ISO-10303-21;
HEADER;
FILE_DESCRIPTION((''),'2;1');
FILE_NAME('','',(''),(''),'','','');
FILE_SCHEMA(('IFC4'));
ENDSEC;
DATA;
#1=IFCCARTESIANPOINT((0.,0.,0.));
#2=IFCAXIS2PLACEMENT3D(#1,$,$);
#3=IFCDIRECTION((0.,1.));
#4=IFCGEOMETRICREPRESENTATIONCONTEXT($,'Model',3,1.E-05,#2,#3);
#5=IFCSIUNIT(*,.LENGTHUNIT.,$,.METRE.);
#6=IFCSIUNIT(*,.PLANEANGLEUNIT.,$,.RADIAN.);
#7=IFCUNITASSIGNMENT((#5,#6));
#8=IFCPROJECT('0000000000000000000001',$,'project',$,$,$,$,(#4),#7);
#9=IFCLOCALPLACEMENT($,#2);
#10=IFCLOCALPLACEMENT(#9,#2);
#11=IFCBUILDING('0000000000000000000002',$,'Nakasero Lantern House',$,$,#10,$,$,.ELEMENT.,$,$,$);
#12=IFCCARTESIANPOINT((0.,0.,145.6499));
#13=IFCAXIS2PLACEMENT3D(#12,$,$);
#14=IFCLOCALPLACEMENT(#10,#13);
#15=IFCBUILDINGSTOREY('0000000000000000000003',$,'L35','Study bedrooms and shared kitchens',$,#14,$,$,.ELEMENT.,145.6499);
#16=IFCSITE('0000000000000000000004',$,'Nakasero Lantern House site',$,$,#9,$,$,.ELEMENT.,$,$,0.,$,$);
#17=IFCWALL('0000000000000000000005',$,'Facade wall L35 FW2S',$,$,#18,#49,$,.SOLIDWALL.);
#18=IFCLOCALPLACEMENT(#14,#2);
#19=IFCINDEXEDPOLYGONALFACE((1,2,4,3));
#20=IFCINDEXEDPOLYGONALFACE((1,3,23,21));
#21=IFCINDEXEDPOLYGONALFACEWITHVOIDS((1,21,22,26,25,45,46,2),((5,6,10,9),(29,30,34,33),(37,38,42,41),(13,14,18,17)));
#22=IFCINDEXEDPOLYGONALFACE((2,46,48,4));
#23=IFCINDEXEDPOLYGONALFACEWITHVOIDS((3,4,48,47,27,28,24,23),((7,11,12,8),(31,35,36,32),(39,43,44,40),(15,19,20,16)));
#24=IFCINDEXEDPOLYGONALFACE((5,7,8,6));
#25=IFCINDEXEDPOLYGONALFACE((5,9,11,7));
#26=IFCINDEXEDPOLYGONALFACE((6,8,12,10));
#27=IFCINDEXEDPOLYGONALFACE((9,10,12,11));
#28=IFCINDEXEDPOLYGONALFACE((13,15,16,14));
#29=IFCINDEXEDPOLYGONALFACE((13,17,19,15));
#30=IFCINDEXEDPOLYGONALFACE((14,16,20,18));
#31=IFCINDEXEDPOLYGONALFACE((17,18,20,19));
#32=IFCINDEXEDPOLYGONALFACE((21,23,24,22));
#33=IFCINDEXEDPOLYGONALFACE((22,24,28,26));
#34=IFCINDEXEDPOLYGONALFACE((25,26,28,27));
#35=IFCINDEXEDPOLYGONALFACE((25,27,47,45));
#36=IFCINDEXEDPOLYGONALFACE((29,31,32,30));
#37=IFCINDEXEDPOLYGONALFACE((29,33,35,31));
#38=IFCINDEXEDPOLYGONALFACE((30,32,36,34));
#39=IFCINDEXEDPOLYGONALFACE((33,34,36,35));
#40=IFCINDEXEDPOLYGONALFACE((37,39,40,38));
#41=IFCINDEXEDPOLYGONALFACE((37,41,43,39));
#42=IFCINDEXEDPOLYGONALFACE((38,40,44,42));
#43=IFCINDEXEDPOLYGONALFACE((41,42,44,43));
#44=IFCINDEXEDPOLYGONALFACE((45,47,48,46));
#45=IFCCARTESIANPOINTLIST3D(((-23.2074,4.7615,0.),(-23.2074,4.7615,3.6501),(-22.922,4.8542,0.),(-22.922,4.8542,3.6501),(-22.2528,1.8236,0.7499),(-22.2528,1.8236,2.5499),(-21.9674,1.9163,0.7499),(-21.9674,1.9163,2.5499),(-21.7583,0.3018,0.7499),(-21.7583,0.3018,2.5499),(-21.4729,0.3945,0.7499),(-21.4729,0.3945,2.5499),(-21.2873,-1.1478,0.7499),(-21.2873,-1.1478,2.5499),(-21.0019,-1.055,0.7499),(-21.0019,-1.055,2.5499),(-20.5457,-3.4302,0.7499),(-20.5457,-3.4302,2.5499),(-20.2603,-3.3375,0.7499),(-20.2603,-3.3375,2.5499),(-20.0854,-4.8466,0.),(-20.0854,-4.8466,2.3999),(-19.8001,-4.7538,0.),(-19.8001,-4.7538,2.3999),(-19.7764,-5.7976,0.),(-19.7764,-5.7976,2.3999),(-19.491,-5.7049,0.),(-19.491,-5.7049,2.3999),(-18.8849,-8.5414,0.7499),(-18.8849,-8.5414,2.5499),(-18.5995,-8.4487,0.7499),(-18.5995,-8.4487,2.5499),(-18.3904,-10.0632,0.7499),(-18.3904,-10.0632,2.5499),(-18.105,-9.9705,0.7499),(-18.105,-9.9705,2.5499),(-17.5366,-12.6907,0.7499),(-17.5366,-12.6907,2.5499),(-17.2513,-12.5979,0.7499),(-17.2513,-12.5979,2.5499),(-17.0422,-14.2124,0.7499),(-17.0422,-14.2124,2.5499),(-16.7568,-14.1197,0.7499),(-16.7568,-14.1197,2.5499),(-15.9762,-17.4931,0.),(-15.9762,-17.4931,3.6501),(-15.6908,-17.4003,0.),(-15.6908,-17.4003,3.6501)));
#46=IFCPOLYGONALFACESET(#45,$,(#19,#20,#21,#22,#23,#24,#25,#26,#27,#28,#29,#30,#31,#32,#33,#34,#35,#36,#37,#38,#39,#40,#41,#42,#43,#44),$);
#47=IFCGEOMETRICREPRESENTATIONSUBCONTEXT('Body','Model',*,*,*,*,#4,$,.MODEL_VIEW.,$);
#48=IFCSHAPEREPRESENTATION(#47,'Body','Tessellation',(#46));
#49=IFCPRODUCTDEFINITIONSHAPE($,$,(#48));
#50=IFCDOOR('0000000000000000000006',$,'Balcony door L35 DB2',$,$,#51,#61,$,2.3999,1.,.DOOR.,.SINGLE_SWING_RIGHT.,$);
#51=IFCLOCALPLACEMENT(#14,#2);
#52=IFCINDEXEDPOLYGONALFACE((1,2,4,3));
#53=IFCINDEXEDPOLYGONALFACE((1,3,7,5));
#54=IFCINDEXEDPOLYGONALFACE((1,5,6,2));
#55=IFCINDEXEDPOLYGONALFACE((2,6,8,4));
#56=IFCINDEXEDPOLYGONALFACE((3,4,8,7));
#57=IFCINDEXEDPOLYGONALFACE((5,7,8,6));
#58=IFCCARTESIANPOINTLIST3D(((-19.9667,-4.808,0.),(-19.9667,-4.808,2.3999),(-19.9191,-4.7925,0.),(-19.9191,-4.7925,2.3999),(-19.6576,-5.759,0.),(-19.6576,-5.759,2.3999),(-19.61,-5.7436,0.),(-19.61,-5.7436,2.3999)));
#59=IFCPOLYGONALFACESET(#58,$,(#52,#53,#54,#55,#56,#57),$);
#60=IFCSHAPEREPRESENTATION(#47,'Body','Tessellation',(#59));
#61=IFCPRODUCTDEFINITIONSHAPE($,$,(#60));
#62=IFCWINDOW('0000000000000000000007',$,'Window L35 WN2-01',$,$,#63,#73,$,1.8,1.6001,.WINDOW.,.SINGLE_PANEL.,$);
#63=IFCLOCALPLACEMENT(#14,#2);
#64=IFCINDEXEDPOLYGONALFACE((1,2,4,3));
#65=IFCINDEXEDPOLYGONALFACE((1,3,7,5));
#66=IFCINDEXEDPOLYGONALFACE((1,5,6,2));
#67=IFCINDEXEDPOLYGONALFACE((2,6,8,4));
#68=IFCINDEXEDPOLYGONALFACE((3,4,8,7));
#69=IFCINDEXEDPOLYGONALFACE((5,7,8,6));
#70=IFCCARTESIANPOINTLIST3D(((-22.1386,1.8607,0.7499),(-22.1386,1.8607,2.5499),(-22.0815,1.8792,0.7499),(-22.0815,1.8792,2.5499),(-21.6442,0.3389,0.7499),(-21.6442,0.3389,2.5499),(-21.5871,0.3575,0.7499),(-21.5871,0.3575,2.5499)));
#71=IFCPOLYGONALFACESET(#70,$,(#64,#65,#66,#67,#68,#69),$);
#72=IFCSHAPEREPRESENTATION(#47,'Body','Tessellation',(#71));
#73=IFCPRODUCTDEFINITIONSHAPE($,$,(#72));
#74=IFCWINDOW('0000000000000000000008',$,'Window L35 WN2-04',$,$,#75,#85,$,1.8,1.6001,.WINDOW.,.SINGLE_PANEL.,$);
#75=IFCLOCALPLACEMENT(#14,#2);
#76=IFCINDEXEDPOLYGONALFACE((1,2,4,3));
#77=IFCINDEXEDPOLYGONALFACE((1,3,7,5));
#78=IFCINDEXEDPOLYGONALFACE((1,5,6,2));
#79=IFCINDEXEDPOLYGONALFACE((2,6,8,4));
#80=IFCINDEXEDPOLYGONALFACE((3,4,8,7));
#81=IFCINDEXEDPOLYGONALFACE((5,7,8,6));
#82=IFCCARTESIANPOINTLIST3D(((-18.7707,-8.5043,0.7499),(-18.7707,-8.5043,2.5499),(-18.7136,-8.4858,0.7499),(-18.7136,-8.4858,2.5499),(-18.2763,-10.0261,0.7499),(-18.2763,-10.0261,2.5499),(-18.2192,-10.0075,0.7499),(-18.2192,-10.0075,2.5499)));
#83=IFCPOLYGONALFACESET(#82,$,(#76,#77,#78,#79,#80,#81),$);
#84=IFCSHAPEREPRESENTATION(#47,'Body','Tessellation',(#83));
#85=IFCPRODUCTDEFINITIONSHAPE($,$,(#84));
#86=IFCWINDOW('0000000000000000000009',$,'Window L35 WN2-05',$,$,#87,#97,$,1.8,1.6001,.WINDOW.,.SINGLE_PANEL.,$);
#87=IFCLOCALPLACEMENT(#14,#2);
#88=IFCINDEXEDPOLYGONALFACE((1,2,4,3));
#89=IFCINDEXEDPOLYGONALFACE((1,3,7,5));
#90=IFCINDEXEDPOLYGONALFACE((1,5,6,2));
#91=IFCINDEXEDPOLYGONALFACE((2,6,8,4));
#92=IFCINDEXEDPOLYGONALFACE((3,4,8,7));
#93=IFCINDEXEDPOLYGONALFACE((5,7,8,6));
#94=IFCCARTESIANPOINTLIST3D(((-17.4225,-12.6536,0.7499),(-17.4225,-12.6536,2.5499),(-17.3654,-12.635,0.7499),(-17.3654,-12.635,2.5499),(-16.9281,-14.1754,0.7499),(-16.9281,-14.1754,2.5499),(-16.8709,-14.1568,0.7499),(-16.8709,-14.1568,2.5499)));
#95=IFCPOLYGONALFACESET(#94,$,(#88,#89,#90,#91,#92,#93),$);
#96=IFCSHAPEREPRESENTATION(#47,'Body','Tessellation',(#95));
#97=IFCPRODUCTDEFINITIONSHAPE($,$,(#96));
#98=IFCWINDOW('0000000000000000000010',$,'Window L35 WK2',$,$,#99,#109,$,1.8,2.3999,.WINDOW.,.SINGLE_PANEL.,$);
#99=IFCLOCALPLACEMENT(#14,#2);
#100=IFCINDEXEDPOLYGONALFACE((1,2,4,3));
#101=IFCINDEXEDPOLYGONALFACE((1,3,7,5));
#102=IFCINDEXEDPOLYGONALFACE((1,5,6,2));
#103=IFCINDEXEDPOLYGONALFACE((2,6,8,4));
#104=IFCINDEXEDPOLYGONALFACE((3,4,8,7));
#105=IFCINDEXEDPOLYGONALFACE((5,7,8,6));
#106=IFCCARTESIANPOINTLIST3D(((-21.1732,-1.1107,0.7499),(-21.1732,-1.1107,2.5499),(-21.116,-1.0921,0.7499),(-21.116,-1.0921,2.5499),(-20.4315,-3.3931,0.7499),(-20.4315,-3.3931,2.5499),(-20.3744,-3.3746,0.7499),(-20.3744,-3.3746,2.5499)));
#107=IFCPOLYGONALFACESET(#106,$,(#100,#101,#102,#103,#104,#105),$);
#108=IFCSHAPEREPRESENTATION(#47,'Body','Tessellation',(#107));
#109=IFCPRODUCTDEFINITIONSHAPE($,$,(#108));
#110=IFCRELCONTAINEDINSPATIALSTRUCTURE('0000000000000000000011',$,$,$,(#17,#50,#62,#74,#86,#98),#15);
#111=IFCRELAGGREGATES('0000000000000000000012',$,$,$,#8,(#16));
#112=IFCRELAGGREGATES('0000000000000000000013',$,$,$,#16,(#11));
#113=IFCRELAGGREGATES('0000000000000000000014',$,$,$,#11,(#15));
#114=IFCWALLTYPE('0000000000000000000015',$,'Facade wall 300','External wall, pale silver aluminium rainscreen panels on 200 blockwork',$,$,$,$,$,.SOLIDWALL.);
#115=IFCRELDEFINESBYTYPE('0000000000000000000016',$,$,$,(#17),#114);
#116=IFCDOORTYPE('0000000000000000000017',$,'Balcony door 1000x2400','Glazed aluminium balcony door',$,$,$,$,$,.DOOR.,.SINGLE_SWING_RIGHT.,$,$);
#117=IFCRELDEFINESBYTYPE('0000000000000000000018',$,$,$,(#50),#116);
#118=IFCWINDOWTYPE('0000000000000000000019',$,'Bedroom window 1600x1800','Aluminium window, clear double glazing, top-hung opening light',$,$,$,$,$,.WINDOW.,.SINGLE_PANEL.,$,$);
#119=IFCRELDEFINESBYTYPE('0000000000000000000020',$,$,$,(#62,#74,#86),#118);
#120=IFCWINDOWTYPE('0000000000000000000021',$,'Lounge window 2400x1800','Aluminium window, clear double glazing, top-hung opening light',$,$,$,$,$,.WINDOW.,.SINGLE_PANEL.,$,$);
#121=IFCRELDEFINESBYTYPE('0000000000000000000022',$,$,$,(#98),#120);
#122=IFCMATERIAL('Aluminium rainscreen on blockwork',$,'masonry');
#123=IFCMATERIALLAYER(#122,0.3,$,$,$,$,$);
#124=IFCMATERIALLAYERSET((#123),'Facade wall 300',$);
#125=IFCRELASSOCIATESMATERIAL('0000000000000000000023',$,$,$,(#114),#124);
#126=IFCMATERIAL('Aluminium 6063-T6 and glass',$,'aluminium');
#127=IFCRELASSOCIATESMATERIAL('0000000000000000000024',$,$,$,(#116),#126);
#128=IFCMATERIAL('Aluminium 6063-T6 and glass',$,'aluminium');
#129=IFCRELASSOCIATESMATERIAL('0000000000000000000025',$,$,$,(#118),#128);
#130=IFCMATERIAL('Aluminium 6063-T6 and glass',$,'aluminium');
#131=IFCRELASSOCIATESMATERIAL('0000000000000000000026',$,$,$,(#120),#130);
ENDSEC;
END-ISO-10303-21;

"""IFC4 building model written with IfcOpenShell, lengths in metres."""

from ifc_helpers import new_model, si_unit, direction, frame, frame_2d, origin, place, context, subcontext, project, spatial, rectangle, extrude, material, layer, layer_set, type_object, element, fill, save


model = new_model("IFC4")

# Units and contexts
model_context = context("Model", 3, precision=1e-05, world=origin(), true_north=direction((0.0, 1.0)))
body_context = subcontext(model_context, "Body", "Model", "MODEL_VIEW")
ifc_project = project(units=[si_unit("LENGTHUNIT", "METRE"), si_unit("PLANEANGLEUNIT", "RADIAN")], contexts=[model_context])

# Site, building, storey
site_placement = place(None, origin())
site = spatial("IfcSite", under=ifc_project, at=site_placement, Name="Nakasero Lantern House site", CompositionType="ELEMENT", RefElevation=0.0)
building_placement = place(site_placement, origin())
building = spatial("IfcBuilding", under=site, at=building_placement, Name="Nakasero Lantern House", CompositionType="ELEMENT")
storey_placement = place(building_placement, frame((0.0, 0.0, 145.6499)))
storey = spatial("IfcBuildingStorey", under=building, at=storey_placement, Name="L35", Description="Study bedrooms and shared kitchens", CompositionType="ELEMENT", Elevation=145.6499)

# Wall, openings, door, windows
ifc_material_1 = material(Name="Aluminium rainscreen on blockwork", Category="masonry")
ifc_layer_1 = layer(ifc_material_1, 0.3)
ifc_layer_set_1 = layer_set([ifc_layer_1], Name="Facade wall 300")
wall_type_1 = type_object("IfcWallType", Name="Facade wall 300", Description="External wall, pale silver aluminium rainscreen panels on 200 blockwork", PredefinedType="SOLIDWALL", material=ifc_layer_set_1)
wall_1_placement = place(storey_placement, frame((-23.0647, 4.8079, 0.0), z_axis=(0.0, 0.0, 1.0), x_axis=(0.309026, -0.951054, 0.0)))
wall_1 = element("IfcWall", 1, at=wall_1_placement, inside=storey, type_object=wall_type_1, Name="Facade wall L35 FW2S", PredefinedType="SOLIDWALL", context=body_context, shape_type="SweptSolid", body=[
    extrude(rectangle(XDim=23.3999, YDim=0.3, at=frame_2d((11.7, 0.0))), origin(), (0.0, 0.0, 1.0), 3.6501),
])
opening_1_placement = place(wall_1_placement, frame((3.0891, 0.0, 0.75)))
opening_1 = element("IfcOpeningElement", 2, at=opening_1_placement, cuts=wall_1, PredefinedType="OPENING", context=body_context, shape_type="SweptSolid", body=[
    extrude(rectangle(XDim=1.6001, YDim=1.8, at=frame_2d((0.8, 0.8999))), frame((0.0, 0.1699, 0.0), z_axis=(0.0, -1.0, 0.0), x_axis=(1.0, 0.0, 0.0)), (0.0, 0.0, 1.0), 0.3401),
])
opening_2_placement = place(wall_1_placement, frame((13.9875, 0.0, 0.75)))
opening_2 = element("IfcOpeningElement", 3, at=opening_2_placement, cuts=wall_1, PredefinedType="OPENING", context=body_context, shape_type="SweptSolid", body=[
    extrude(rectangle(XDim=1.6001, YDim=1.8, at=frame_2d((0.8, 0.8999))), frame((0.0, 0.1699, 0.0), z_axis=(0.0, -1.0, 0.0), x_axis=(1.0, 0.0, 0.0)), (0.0, 0.0, 1.0), 0.3401),
])
opening_3_placement = place(wall_1_placement, frame((18.3503, 0.0, 0.75)))
opening_3 = element("IfcOpeningElement", 4, at=opening_3_placement, cuts=wall_1, PredefinedType="OPENING", context=body_context, shape_type="SweptSolid", body=[
    extrude(rectangle(XDim=1.6001, YDim=1.8, at=frame_2d((0.8, 0.8999))), frame((0.0, 0.1699, 0.0), z_axis=(0.0, -1.0, 0.0), x_axis=(1.0, 0.0, 0.0)), (0.0, 0.0, 1.0), 0.3401),
])
opening_4_placement = place(wall_1_placement, frame((6.2134, 0.0, 0.75)))
opening_4 = element("IfcOpeningElement", 5, at=opening_4_placement, cuts=wall_1, PredefinedType="OPENING", context=body_context, shape_type="SweptSolid", body=[
    extrude(rectangle(XDim=2.3999, YDim=1.8, at=frame_2d((1.2, 0.8999))), frame((0.0, 0.1699, 0.0), z_axis=(0.0, -1.0, 0.0), x_axis=(1.0, 0.0, 0.0)), (0.0, 0.0, 1.0), 0.3401),
])
opening_5_placement = place(wall_1_placement, frame((10.1025, 0.0, 0.0)))
opening_5 = element("IfcOpeningElement", 6, at=opening_5_placement, cuts=wall_1, PredefinedType="OPENING", context=body_context, shape_type="SweptSolid", body=[
    extrude(rectangle(XDim=1.0, YDim=2.3999, at=frame_2d((0.5, 1.2))), frame((0.0, 0.1699, 0.0), z_axis=(0.0, -1.0, 0.0), x_axis=(1.0, 0.0, 0.0)), (0.0, 0.0, 1.0), 0.3401),
])
ifc_material_2 = material(Name="Aluminium 6063-T6 and glass", Category="aluminium")
door_type_1 = type_object("IfcDoorType", Name="Balcony door 1000x2400", Description="Glazed aluminium balcony door", OperationType="SINGLE_SWING_RIGHT", PredefinedType="DOOR", material=ifc_material_2)
door_1_placement = place(opening_5_placement, origin())
door_1 = element("IfcDoor", 7, at=door_1_placement, inside=storey, type_object=door_type_1, Name="Balcony door L35 DB2", OperationType="SINGLE_SWING_RIGHT", OverallHeight=2.3999, OverallWidth=1.0, PredefinedType="DOOR", context=body_context, shape_type="SweptSolid", body=[
    extrude(rectangle(XDim=1.0, YDim=2.3999, at=frame_2d((0.5, 1.2))), frame((0.0, 0.0249, 0.0), z_axis=(0.0, -1.0, 0.0), x_axis=(1.0, 0.0, 0.0)), (0.0, 0.0, 1.0), 0.05),
])
fill(opening_5, door_1)
ifc_material_3 = material(Name="Aluminium 6063-T6 and glass", Category="aluminium")
window_type_1 = type_object("IfcWindowType", Name="Bedroom window 1600x1800", Description="Aluminium window, clear double glazing, top-hung opening light", PartitioningType="SINGLE_PANEL", PredefinedType="WINDOW", material=ifc_material_3)
window_1_placement = place(opening_1_placement, origin())
window_1 = element("IfcWindow", 8, at=window_1_placement, inside=storey, type_object=window_type_1, Name="Window L35 WN2-01", OverallHeight=1.8, OverallWidth=1.6001, PartitioningType="SINGLE_PANEL", PredefinedType="WINDOW", context=body_context, shape_type="SweptSolid", body=[
    extrude(rectangle(XDim=1.6001, YDim=1.8, at=frame_2d((0.8, 0.8999))), frame((0.0, 0.03, 0.0), z_axis=(0.0, -1.0, 0.0), x_axis=(1.0, 0.0, 0.0)), (0.0, 0.0, 1.0), 0.0601),
])
fill(opening_1, window_1)
window_2_placement = place(opening_2_placement, origin())
window_2 = element("IfcWindow", 9, at=window_2_placement, inside=storey, type_object=window_type_1, Name="Window L35 WN2-04", OverallHeight=1.8, OverallWidth=1.6001, PartitioningType="SINGLE_PANEL", PredefinedType="WINDOW", context=body_context, shape_type="SweptSolid", body=[
    extrude(rectangle(XDim=1.6001, YDim=1.8, at=frame_2d((0.8, 0.8999))), frame((0.0, 0.03, 0.0), z_axis=(0.0, -1.0, 0.0), x_axis=(1.0, 0.0, 0.0)), (0.0, 0.0, 1.0), 0.0601),
])
fill(opening_2, window_2)
window_3_placement = place(opening_3_placement, origin())
window_3 = element("IfcWindow", 10, at=window_3_placement, inside=storey, type_object=window_type_1, Name="Window L35 WN2-05", OverallHeight=1.8, OverallWidth=1.6001, PartitioningType="SINGLE_PANEL", PredefinedType="WINDOW", context=body_context, shape_type="SweptSolid", body=[
    extrude(rectangle(XDim=1.6001, YDim=1.8, at=frame_2d((0.8, 0.8999))), frame((0.0, 0.03, 0.0), z_axis=(0.0, -1.0, 0.0), x_axis=(1.0, 0.0, 0.0)), (0.0, 0.0, 1.0), 0.0601),
])
fill(opening_3, window_3)
ifc_material_4 = material(Name="Aluminium 6063-T6 and glass", Category="aluminium")
window_type_2 = type_object("IfcWindowType", Name="Lounge window 2400x1800", Description="Aluminium window, clear double glazing, top-hung opening light", PartitioningType="SINGLE_PANEL", PredefinedType="WINDOW", material=ifc_material_4)
window_4_placement = place(opening_4_placement, origin())
window_4 = element("IfcWindow", 11, at=window_4_placement, inside=storey, type_object=window_type_2, Name="Window L35 WK2", OverallHeight=1.8, OverallWidth=2.3999, PartitioningType="SINGLE_PANEL", PredefinedType="WINDOW", context=body_context, shape_type="SweptSolid", body=[
    extrude(rectangle(XDim=2.3999, YDim=1.8, at=frame_2d((1.2, 0.8999))), frame((0.0, 0.03, 0.0), z_axis=(0.0, -1.0, 0.0), x_axis=(1.0, 0.0, 0.0)), (0.0, 0.0, 1.0), 0.0601),
])
fill(opening_4, window_4)

save(model, "model.ifc")
